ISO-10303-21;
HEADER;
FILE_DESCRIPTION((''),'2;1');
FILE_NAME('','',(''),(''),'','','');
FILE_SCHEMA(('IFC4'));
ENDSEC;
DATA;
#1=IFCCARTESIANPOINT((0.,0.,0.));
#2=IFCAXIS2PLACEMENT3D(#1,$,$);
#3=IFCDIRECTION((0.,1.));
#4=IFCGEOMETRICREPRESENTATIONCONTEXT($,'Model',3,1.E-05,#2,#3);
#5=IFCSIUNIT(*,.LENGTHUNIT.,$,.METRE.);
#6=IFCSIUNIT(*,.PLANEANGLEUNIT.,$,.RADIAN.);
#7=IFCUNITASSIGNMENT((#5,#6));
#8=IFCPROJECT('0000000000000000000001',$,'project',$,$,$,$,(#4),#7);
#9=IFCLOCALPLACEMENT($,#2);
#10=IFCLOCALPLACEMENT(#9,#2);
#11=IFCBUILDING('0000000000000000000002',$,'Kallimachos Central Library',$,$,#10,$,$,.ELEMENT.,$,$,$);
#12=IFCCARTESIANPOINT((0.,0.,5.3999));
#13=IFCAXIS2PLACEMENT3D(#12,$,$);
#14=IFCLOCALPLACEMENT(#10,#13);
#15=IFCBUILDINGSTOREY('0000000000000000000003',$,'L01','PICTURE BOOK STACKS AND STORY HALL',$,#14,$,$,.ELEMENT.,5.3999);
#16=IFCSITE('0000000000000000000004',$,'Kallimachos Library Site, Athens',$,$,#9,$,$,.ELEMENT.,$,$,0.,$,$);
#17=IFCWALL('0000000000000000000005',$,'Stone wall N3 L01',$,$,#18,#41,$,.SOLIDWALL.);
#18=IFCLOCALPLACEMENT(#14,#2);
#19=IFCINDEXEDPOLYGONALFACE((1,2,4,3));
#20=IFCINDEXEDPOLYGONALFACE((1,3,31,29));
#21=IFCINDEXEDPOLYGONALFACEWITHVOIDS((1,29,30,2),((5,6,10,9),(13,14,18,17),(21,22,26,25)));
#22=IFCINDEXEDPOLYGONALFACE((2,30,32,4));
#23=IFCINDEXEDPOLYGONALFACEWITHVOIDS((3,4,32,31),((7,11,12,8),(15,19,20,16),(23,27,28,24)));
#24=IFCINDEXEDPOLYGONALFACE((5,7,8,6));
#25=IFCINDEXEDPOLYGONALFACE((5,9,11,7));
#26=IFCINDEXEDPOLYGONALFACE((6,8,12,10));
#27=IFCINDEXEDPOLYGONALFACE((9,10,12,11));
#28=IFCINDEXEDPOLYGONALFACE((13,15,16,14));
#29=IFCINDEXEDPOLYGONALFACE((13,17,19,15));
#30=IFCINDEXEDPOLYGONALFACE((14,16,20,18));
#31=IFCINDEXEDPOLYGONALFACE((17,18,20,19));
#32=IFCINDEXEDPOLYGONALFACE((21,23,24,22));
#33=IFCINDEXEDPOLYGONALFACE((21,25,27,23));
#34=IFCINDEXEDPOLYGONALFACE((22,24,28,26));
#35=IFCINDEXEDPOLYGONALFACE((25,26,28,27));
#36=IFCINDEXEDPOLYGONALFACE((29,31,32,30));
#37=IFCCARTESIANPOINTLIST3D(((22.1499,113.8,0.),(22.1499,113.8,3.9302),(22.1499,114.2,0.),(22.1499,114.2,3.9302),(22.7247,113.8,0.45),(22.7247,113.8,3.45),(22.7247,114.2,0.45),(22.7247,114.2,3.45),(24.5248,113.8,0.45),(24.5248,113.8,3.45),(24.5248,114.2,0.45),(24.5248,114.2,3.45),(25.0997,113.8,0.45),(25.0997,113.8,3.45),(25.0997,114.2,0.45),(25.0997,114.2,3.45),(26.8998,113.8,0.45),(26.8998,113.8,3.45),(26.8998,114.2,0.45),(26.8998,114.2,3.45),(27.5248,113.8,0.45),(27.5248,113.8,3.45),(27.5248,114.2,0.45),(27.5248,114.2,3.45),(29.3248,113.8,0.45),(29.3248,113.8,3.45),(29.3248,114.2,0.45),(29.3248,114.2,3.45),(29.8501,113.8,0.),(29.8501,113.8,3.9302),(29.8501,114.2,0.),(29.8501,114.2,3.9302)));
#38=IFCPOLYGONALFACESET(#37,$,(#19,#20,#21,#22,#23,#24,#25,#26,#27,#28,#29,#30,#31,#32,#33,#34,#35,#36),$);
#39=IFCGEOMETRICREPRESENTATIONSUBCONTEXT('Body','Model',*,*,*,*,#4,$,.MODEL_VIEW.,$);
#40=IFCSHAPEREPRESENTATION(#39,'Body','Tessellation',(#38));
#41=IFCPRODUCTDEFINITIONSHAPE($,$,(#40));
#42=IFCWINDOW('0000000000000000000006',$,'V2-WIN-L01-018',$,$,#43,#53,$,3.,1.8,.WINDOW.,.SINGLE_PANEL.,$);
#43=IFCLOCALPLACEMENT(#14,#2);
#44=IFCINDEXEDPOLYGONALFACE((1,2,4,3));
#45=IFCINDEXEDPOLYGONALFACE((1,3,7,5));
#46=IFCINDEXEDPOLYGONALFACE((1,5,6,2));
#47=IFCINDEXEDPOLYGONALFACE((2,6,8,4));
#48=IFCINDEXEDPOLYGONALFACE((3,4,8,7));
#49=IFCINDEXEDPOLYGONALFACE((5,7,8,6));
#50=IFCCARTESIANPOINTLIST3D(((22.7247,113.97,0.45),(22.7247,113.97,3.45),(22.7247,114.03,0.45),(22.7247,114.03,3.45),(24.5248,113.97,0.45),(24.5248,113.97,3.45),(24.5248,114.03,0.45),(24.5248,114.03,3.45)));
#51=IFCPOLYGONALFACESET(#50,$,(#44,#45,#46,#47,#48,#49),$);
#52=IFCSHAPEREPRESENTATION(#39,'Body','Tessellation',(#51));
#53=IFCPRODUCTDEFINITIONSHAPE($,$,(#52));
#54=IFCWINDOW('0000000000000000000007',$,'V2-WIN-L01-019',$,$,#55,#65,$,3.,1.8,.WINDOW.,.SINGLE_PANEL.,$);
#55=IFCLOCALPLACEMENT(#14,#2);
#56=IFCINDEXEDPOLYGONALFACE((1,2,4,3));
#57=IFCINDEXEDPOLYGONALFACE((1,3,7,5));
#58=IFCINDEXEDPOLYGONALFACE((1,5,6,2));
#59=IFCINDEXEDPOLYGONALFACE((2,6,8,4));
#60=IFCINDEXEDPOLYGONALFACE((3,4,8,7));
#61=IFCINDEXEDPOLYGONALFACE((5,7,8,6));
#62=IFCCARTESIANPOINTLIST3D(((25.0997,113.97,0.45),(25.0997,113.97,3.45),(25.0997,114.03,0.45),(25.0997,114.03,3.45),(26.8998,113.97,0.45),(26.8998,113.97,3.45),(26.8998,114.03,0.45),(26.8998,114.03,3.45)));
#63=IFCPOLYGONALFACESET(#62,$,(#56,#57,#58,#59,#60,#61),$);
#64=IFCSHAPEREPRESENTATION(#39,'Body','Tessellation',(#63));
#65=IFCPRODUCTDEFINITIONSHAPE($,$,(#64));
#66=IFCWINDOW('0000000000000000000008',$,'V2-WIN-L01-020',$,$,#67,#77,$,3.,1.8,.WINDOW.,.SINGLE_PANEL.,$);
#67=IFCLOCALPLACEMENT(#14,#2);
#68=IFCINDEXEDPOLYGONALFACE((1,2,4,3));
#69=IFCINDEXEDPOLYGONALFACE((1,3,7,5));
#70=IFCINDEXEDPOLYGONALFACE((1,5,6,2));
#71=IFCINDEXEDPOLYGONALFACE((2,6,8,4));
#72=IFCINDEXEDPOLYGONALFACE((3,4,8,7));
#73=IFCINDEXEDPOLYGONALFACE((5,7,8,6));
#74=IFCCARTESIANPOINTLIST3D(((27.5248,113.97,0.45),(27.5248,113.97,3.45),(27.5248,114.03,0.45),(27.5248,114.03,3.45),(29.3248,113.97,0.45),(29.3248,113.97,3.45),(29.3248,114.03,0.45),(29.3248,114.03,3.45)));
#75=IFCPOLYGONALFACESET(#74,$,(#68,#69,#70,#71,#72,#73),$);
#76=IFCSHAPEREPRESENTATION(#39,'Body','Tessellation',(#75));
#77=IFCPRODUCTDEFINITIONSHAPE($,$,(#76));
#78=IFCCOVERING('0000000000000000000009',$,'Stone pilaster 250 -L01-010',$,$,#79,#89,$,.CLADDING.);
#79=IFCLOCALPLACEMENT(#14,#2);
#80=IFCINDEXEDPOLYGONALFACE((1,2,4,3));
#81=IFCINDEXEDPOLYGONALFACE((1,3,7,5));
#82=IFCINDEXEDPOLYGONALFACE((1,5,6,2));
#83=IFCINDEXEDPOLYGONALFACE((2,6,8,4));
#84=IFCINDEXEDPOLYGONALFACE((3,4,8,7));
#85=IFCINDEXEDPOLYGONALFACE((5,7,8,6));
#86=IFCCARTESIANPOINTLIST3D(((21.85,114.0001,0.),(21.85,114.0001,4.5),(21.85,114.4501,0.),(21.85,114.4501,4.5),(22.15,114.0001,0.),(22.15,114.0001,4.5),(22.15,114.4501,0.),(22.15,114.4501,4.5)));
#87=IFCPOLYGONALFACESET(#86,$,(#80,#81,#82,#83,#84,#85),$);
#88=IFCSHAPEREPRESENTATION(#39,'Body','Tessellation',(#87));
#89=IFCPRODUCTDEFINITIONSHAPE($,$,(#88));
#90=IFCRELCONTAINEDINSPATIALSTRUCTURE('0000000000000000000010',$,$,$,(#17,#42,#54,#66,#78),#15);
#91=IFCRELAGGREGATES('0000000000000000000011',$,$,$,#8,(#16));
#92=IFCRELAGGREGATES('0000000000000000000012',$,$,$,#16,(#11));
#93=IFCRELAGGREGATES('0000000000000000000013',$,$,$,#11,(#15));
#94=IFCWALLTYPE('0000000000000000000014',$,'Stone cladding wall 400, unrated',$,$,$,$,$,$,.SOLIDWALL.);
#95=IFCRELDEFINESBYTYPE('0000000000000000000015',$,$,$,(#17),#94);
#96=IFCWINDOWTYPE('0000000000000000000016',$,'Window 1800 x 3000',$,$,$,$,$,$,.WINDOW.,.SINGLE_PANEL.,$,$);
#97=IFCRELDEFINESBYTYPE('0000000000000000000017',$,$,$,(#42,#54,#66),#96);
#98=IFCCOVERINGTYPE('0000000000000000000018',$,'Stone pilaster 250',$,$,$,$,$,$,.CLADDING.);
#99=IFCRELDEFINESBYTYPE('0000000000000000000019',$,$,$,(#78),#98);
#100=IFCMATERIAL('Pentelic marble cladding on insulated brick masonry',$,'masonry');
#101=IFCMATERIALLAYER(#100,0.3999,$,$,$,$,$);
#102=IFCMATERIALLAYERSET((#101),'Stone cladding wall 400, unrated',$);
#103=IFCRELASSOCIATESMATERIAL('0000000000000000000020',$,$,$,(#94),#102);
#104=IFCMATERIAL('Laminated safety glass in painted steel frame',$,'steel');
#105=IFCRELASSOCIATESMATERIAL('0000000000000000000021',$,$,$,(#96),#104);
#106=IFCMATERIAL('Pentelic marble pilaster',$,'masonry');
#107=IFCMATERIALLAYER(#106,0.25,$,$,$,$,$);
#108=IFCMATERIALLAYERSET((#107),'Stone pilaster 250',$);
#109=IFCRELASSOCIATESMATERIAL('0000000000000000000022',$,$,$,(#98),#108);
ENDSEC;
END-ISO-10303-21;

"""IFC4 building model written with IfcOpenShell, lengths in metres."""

from ifc_helpers import new_model, si_unit, direction, frame, frame_2d, origin, origin_2d, place, context, subcontext, project, spatial, rectangle, extrude, material, layer, layer_set, type_object, element, fill, save


model = new_model("IFC4")

# Units and contexts
model_context = context("Model", 3, precision=1e-05, world=origin(), true_north=direction((0.0, 1.0)))
body_context = subcontext(model_context, "Body", "Model", "MODEL_VIEW")
ifc_project = project(units=[si_unit("LENGTHUNIT", "METRE"), si_unit("PLANEANGLEUNIT", "RADIAN")], contexts=[model_context])

# Site, building, storey
site_placement = place(None, origin())
site = spatial("IfcSite", under=ifc_project, at=site_placement, Name="Kallimachos Library Site, Athens", CompositionType="ELEMENT", RefElevation=0.0)
building_placement = place(site_placement, origin())
building = spatial("IfcBuilding", under=site, at=building_placement, Name="Kallimachos Central Library", CompositionType="ELEMENT")
storey_placement = place(building_placement, frame((0.0, 0.0, 5.3999)))
storey = spatial("IfcBuildingStorey", under=building, at=storey_placement, Name="L01", Description="PICTURE BOOK STACKS AND STORY HALL", CompositionType="ELEMENT", Elevation=5.3999)

# Wall, openings, windows
ifc_material_1 = material(Name="Pentelic marble cladding on insulated brick masonry", Category="masonry")
ifc_layer_1 = layer(ifc_material_1, 0.3999)
ifc_layer_set_1 = layer_set([ifc_layer_1], Name="Stone cladding wall 400, unrated")
wall_type = type_object("IfcWallType", Name="Stone cladding wall 400, unrated", PredefinedType="SOLIDWALL", material=ifc_layer_set_1)
wall_placement = place(storey_placement, frame((22.1499, 114.0, 0.0), z_axis=(0.0, 0.0, 1.0), x_axis=(1.0, 0.0, 0.0)))
wall = element("IfcWall", 1, at=wall_placement, inside=storey, type_object=wall_type, Name="Stone wall N3 L01", PredefinedType="SOLIDWALL", context=body_context, shape_type="SweptSolid", body=[
    extrude(rectangle(XDim=7.7002, YDim=0.3999, at=frame_2d((3.8501, 0.0))), origin(), (0.0, 0.0, 1.0), 3.9302),
])
opening_1_placement = place(wall_placement, frame((0.575, 0.0, 0.45)))
opening_1 = element("IfcOpeningElement", 2, at=opening_1_placement, cuts=wall, PredefinedType="OPENING", context=body_context, shape_type="SweptSolid", body=[
    extrude(rectangle(XDim=1.8, YDim=3.0, at=frame_2d((0.8999, 1.5))), frame((0.0, 0.21, 0.0), z_axis=(0.0, -1.0, 0.0), x_axis=(1.0, 0.0, 0.0)), (0.0, 0.0, 1.0), 0.4199),
])
opening_2_placement = place(wall_placement, frame((2.95, 0.0, 0.45)))
opening_2 = element("IfcOpeningElement", 3, at=opening_2_placement, cuts=wall, PredefinedType="OPENING", context=body_context, shape_type="SweptSolid", body=[
    extrude(rectangle(XDim=1.8, YDim=3.0, at=frame_2d((0.8999, 1.5))), frame((0.0, 0.21, 0.0), z_axis=(0.0, -1.0, 0.0), x_axis=(1.0, 0.0, 0.0)), (0.0, 0.0, 1.0), 0.4199),
])
opening_3_placement = place(wall_placement, frame((5.375, 0.0, 0.45)))
opening_3 = element("IfcOpeningElement", 4, at=opening_3_placement, cuts=wall, PredefinedType="OPENING", context=body_context, shape_type="SweptSolid", body=[
    extrude(rectangle(XDim=1.8, YDim=3.0, at=frame_2d((0.8999, 1.5))), frame((0.0, 0.21, 0.0), z_axis=(0.0, -1.0, 0.0), x_axis=(1.0, 0.0, 0.0)), (0.0, 0.0, 1.0), 0.4199),
])
ifc_material_2 = material(Name="Laminated safety glass in painted steel frame", Category="steel")
window_type = type_object("IfcWindowType", Name="Window 1800 x 3000", PartitioningType="SINGLE_PANEL", PredefinedType="WINDOW", material=ifc_material_2)
window_1_placement = place(opening_1_placement, origin())
window_1 = element("IfcWindow", 5, at=window_1_placement, inside=storey, type_object=window_type, Name="V2-WIN-L01-018", OverallHeight=3.0, OverallWidth=1.8, PartitioningType="SINGLE_PANEL", PredefinedType="WINDOW", context=body_context, shape_type="SweptSolid", body=[
    extrude(rectangle(XDim=1.8, YDim=3.0, at=frame_2d((0.8999, 1.5))), frame((0.0, 0.03, 0.0), z_axis=(0.0, -1.0, 0.0), x_axis=(1.0, 0.0, 0.0)), (0.0, 0.0, 1.0), 0.0601),
])
fill(opening_1, window_1)
window_2_placement = place(opening_2_placement, origin())
window_2 = element("IfcWindow", 6, at=window_2_placement, inside=storey, type_object=window_type, Name="V2-WIN-L01-019", OverallHeight=3.0, OverallWidth=1.8, PartitioningType="SINGLE_PANEL", PredefinedType="WINDOW", context=body_context, shape_type="SweptSolid", body=[
    extrude(rectangle(XDim=1.8, YDim=3.0, at=frame_2d((0.8999, 1.5))), frame((0.0, 0.03, 0.0), z_axis=(0.0, -1.0, 0.0), x_axis=(1.0, 0.0, 0.0)), (0.0, 0.0, 1.0), 0.0601),
])
fill(opening_2, window_2)
window_3_placement = place(opening_3_placement, origin())
window_3 = element("IfcWindow", 7, at=window_3_placement, inside=storey, type_object=window_type, Name="V2-WIN-L01-020", OverallHeight=3.0, OverallWidth=1.8, PartitioningType="SINGLE_PANEL", PredefinedType="WINDOW", context=body_context, shape_type="SweptSolid", body=[
    extrude(rectangle(XDim=1.8, YDim=3.0, at=frame_2d((0.8999, 1.5))), frame((0.0, 0.03, 0.0), z_axis=(0.0, -1.0, 0.0), x_axis=(1.0, 0.0, 0.0)), (0.0, 0.0, 1.0), 0.0601),
])
fill(opening_3, window_3)

# Covering
ifc_material_3 = material(Name="Pentelic marble pilaster", Category="masonry")
ifc_layer_2 = layer(ifc_material_3, 0.25)
ifc_layer_set_2 = layer_set([ifc_layer_2], Name="Stone pilaster 250")
covering_type_1 = type_object("IfcCoveringType", Name="Stone pilaster 250", PredefinedType="CLADDING", material=ifc_layer_set_2)
covering_1_placement = place(storey_placement, frame((22.0, 114.2251, 0.0), z_axis=(0.0, 0.0, 1.0), x_axis=(1.0, 0.0, 0.0)))
element("IfcCovering", 8, at=covering_1_placement, inside=storey, type_object=covering_type_1, Name="Stone pilaster 250 -L01-010", PredefinedType="CLADDING", context=body_context, shape_type="SweptSolid", body=[
    extrude(rectangle(XDim=0.3, YDim=0.45, at=origin_2d()), origin(), (0.0, 0.0, 1.0), 4.5),
])

save(model, "model.ifc")
